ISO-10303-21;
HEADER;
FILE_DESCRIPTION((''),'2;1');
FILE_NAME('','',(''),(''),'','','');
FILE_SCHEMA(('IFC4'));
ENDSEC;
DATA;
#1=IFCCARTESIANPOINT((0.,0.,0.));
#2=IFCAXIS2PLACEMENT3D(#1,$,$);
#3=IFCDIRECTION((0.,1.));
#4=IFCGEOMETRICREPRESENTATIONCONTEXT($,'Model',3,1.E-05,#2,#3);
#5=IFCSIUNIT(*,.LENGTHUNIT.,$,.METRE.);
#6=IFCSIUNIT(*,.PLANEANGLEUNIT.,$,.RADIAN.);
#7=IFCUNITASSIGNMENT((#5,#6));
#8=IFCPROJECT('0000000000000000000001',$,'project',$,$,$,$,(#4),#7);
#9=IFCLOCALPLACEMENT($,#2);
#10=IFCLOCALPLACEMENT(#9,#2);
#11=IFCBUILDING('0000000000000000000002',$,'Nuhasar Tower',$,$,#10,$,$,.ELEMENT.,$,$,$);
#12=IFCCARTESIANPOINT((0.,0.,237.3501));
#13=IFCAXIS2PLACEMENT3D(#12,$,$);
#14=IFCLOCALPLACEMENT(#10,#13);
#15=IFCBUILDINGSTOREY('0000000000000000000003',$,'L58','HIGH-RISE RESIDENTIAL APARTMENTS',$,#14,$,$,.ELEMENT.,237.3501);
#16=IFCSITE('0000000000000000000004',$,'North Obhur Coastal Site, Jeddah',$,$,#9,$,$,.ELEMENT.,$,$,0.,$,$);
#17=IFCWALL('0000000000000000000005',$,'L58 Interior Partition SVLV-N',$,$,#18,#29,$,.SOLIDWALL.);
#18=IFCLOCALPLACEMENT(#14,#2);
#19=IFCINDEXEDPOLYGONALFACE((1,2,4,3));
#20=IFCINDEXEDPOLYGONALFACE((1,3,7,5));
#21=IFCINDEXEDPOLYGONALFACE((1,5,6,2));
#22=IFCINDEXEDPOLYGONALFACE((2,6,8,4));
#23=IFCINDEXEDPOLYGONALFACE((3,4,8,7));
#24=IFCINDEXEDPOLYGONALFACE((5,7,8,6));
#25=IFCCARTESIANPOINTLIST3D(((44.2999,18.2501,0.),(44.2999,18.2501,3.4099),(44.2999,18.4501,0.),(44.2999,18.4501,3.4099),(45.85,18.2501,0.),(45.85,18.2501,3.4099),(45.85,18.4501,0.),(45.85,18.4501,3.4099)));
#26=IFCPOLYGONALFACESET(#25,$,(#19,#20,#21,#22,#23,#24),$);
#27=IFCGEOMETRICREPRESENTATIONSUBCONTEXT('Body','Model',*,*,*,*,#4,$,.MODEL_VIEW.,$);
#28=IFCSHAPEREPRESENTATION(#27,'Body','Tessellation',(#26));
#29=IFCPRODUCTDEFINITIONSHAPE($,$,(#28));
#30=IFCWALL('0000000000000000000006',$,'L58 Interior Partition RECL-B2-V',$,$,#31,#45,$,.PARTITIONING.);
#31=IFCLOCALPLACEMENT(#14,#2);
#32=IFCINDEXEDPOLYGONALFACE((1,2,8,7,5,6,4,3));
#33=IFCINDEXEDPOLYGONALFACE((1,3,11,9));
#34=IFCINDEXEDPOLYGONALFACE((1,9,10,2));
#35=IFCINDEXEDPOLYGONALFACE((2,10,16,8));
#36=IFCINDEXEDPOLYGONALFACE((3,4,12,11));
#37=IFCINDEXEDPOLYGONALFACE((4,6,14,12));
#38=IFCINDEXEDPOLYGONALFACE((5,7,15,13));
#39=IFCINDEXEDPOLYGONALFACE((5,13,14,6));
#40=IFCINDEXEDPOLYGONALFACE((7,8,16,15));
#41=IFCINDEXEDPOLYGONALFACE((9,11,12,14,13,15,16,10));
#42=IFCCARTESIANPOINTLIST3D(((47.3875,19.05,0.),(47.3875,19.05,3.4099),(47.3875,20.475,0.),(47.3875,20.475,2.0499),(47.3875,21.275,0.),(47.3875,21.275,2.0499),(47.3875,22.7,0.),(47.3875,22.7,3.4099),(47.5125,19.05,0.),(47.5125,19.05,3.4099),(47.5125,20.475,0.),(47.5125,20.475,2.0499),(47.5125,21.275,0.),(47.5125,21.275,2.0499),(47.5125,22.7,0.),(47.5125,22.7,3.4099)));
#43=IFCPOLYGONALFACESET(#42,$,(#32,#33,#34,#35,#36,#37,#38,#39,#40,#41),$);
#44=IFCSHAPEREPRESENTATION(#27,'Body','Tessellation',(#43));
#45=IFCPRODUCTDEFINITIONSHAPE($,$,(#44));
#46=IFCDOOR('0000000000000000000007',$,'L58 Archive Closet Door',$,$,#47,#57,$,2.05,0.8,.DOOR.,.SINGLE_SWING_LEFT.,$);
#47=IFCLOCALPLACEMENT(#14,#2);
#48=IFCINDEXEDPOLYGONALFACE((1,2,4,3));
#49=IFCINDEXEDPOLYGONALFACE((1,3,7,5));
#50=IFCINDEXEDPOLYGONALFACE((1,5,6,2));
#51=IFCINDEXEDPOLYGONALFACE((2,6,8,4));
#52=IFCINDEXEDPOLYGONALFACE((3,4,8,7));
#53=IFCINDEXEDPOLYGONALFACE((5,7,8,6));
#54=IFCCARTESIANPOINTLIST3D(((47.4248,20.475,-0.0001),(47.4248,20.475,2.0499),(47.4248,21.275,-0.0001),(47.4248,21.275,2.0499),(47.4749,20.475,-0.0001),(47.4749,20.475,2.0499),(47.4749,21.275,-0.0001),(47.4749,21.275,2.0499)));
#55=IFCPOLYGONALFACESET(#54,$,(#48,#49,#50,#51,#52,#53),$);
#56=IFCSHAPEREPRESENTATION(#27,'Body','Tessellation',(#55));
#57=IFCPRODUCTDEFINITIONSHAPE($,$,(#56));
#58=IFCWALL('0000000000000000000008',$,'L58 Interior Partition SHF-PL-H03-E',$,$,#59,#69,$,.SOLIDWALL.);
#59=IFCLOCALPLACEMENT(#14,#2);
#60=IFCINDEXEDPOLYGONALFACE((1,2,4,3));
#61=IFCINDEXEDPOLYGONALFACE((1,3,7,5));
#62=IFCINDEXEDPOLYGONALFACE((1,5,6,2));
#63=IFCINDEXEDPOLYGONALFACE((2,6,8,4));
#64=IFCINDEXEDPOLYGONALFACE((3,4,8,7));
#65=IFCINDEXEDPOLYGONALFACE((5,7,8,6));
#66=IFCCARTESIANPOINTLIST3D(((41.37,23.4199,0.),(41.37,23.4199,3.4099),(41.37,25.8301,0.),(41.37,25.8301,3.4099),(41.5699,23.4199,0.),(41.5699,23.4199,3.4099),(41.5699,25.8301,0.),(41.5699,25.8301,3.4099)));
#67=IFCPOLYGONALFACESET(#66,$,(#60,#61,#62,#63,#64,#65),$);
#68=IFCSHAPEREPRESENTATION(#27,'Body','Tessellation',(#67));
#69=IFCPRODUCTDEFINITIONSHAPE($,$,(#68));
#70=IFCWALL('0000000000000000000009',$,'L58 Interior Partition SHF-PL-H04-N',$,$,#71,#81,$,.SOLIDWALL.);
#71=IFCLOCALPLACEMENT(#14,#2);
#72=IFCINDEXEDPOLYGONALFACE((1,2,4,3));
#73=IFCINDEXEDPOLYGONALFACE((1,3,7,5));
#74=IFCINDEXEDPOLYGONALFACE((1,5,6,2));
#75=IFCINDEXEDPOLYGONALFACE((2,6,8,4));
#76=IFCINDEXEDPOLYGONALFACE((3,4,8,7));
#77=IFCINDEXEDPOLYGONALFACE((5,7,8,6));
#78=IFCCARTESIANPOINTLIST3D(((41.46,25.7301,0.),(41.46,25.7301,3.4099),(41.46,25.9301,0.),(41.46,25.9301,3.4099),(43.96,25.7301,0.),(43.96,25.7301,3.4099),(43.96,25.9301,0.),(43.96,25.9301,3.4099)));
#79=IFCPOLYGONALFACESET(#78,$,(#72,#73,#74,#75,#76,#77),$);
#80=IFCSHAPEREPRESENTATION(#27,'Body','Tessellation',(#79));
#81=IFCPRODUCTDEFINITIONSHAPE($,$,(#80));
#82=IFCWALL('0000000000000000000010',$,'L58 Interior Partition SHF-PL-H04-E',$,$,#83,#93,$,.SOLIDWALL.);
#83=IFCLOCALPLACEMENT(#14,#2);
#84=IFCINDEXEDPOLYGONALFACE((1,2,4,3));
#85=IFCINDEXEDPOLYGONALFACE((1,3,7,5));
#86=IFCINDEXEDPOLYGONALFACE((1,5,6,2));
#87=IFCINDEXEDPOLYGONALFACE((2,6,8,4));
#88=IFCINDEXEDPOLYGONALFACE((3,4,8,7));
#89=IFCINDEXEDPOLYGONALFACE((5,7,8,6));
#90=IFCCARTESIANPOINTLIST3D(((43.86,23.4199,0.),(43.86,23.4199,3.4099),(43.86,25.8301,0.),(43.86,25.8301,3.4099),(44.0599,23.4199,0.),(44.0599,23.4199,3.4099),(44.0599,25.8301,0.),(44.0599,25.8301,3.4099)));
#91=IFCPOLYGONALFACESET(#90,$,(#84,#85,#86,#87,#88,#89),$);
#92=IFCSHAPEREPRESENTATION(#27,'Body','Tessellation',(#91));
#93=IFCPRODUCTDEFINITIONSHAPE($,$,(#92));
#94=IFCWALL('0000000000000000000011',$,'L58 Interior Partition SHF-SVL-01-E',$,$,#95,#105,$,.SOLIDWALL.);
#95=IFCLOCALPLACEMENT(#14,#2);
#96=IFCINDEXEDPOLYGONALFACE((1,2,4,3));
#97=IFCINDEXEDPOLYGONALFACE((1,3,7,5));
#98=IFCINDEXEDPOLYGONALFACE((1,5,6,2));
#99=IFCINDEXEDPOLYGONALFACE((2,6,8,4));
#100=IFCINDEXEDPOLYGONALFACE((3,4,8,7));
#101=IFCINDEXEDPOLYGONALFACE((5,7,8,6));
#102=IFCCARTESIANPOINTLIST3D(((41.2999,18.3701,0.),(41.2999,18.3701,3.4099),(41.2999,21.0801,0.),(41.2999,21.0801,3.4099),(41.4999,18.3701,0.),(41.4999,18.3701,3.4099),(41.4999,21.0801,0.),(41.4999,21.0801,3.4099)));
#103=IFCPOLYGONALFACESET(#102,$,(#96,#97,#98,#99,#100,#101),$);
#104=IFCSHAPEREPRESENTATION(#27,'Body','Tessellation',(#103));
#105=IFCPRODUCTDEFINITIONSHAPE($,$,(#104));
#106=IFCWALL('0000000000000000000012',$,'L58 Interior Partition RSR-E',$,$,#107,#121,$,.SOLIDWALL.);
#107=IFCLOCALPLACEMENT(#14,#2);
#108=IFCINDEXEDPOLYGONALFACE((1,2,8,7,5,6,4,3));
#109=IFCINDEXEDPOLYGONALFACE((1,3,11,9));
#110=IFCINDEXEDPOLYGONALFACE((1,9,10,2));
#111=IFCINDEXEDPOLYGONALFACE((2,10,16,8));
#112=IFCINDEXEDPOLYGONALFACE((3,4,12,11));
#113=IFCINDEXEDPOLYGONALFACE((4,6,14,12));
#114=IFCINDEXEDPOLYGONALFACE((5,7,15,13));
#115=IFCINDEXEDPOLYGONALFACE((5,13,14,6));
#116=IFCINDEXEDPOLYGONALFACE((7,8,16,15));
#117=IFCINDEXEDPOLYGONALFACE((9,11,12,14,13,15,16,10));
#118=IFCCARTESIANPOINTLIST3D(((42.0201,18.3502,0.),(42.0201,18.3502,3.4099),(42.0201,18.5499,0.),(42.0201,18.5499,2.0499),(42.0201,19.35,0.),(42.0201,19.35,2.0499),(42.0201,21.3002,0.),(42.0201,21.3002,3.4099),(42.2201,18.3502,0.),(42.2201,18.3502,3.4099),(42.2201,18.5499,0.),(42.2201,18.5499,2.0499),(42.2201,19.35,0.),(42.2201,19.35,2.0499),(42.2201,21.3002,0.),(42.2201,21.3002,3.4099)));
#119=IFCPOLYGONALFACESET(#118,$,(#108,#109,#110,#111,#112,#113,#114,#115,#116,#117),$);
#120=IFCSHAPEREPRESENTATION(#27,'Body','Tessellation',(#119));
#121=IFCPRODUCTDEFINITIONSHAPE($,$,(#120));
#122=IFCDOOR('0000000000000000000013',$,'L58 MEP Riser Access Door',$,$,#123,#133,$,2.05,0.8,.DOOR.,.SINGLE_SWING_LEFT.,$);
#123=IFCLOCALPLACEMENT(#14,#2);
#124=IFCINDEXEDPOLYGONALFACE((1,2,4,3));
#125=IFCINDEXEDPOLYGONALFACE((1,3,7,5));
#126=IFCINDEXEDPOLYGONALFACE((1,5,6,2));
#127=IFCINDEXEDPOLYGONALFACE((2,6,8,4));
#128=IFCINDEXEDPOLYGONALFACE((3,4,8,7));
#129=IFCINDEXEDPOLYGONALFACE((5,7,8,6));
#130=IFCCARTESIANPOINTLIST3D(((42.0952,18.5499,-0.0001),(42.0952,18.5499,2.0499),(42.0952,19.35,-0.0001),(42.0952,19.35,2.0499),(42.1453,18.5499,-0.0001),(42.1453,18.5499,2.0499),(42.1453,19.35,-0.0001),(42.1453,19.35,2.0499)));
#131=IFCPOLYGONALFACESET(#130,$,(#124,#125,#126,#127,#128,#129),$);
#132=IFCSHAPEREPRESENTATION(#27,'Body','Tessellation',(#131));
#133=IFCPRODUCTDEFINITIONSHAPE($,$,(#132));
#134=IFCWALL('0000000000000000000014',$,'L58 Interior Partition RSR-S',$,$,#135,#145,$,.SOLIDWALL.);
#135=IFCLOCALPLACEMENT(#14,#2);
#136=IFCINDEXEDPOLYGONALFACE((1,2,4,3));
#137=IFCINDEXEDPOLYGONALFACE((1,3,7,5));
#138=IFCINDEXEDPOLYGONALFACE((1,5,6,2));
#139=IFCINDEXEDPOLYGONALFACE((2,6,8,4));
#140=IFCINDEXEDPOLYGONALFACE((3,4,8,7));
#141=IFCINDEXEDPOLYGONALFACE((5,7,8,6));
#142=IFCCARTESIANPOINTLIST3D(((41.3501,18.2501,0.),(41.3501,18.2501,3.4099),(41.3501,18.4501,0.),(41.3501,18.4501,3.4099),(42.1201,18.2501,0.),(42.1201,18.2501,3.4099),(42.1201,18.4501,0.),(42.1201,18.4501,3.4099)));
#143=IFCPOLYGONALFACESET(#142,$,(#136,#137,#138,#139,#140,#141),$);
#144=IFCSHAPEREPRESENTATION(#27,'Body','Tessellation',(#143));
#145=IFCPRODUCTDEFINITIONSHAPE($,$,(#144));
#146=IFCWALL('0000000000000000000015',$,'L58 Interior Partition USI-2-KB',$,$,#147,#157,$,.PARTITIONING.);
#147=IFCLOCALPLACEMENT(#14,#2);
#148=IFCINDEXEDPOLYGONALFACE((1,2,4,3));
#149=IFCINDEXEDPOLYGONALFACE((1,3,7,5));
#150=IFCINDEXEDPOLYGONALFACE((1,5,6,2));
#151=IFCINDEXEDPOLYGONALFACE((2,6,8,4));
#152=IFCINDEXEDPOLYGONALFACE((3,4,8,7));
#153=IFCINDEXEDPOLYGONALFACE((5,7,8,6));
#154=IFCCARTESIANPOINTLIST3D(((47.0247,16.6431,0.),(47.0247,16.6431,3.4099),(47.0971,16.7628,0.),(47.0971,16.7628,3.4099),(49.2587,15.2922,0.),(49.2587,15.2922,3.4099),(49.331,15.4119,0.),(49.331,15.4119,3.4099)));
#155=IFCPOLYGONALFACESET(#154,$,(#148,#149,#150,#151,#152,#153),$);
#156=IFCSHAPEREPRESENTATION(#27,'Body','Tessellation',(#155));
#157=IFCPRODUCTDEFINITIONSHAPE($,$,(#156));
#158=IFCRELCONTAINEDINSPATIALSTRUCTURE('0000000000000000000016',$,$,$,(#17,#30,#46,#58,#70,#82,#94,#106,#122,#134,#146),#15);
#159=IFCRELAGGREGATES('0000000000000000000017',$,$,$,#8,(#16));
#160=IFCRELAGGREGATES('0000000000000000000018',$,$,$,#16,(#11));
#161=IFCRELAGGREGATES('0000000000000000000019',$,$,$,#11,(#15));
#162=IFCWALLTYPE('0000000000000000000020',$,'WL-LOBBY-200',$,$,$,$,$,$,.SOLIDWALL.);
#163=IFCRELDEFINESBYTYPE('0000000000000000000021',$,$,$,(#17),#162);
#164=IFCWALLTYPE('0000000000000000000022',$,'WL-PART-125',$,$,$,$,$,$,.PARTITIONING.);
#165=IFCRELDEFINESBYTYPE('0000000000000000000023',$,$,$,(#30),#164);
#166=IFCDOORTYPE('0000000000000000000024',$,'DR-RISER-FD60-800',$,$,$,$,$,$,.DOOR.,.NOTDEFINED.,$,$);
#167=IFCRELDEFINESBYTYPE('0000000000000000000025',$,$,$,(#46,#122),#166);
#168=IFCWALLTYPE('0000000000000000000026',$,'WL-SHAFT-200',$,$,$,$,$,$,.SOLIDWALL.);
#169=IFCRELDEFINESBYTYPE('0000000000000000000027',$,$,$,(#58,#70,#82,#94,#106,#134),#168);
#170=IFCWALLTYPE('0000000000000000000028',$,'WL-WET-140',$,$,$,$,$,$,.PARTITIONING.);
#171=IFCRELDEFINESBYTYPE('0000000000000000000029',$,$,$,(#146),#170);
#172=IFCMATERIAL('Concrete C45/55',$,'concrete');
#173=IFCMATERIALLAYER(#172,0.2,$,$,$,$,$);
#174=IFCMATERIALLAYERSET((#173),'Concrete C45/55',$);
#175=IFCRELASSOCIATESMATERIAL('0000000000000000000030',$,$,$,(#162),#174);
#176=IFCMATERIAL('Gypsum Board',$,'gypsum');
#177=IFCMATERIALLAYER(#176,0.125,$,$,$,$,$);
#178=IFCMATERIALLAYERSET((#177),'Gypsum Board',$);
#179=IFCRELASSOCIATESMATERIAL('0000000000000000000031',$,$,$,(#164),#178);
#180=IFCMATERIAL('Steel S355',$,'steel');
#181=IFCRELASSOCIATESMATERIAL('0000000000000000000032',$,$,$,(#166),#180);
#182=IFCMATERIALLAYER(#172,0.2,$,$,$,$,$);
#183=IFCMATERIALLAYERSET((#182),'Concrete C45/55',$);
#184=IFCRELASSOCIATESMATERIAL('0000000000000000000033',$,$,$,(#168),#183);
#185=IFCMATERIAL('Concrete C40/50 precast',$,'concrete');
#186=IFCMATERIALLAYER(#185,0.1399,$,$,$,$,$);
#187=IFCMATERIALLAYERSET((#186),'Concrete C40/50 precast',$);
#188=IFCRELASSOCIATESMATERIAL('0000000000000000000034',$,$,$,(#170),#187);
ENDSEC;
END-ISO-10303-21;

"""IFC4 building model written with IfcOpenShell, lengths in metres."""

from ifc_helpers import new_model, si_unit, direction, frame, frame_2d, origin, place, context, subcontext, project, spatial, rectangle, extrude, material, layer, layer_set, type_object, element, fill, save


model = new_model("IFC4")

# Units and contexts
model_context = context("Model", 3, precision=1e-05, world=origin(), true_north=direction((0.0, 1.0)))
body_context = subcontext(model_context, "Body", "Model", "MODEL_VIEW")
ifc_project = project(units=[si_unit("LENGTHUNIT", "METRE"), si_unit("PLANEANGLEUNIT", "RADIAN")], contexts=[model_context])

# Site, building, storey
site_placement = place(None, origin())
site = spatial("IfcSite", under=ifc_project, at=site_placement, Name="North Obhur Coastal Site, Jeddah", CompositionType="ELEMENT", RefElevation=0.0)
building_placement = place(site_placement, origin())
building = spatial("IfcBuilding", under=site, at=building_placement, Name="Nuhasar Tower", CompositionType="ELEMENT")
storey_placement = place(building_placement, frame((0.0, 0.0, 237.3501)))
storey = spatial("IfcBuildingStorey", under=building, at=storey_placement, Name="L58", Description="HIGH-RISE RESIDENTIAL APARTMENTS", CompositionType="ELEMENT", Elevation=237.3501)

# Shared definitions
ifc_material_1 = material(Name="Steel S355", Category="steel")

# Shared definitions
ifc_material_2 = material(Name="Gypsum Board", Category="gypsum")

# Shared definitions
ifc_material_3 = material(Name="Concrete C45/55", Category="concrete")
ifc_layer_1 = layer(ifc_material_3, 0.2)
ifc_layer_set_1 = layer_set([ifc_layer_1], Name="Concrete C45/55")
wall_type_1 = type_object("IfcWallType", Name="WL-LOBBY-200", PredefinedType="SOLIDWALL", material=ifc_layer_set_1)

# Wall
wall_1_placement = place(storey_placement, frame((44.3, 18.3501, 0.0), z_axis=(0.0, 0.0, 1.0), x_axis=(1.0, 0.0, 0.0)))
element("IfcWall", 1, at=wall_1_placement, inside=storey, type_object=wall_type_1, Name="L58 Interior Partition SVLV-N", PredefinedType="SOLIDWALL", context=body_context, shape_type="SweptSolid", body=[
    extrude(rectangle(XDim=1.55, YDim=0.2, at=frame_2d((0.7749, 0.0))), origin(), (0.0, 0.0, 1.0), 3.4099),
])

# Wall, opening, door
ifc_layer_2 = layer(ifc_material_2, 0.125)
ifc_layer_set_2 = layer_set([ifc_layer_2], Name="Gypsum Board")
wall_type_2 = type_object("IfcWallType", Name="WL-PART-125", PredefinedType="PARTITIONING", material=ifc_layer_set_2)
wall_2_placement = place(storey_placement, frame((47.45, 22.7, 0.0), z_axis=(0.0, 0.0, 1.0), x_axis=(0.0, -1.0, 0.0)))
wall_2 = element("IfcWall", 2, at=wall_2_placement, inside=storey, type_object=wall_type_2, Name="L58 Interior Partition RECL-B2-V", PredefinedType="PARTITIONING", context=body_context, shape_type="SweptSolid", body=[
    extrude(rectangle(XDim=3.6499, YDim=0.125, at=frame_2d((1.825, 0.0))), origin(), (0.0, 0.0, 1.0), 3.4099),
])
opening_1_placement = place(wall_2_placement, frame((1.425, 0.0, 0.0)))
opening_1 = element("IfcOpeningElement", 3, at=opening_1_placement, cuts=wall_2, PredefinedType="OPENING", context=body_context, shape_type="SweptSolid", body=[
    extrude(rectangle(XDim=0.8, YDim=2.05, at=frame_2d((0.3999, 1.0249))), frame((0.0, 0.0725, 0.0), z_axis=(0.0, -1.0, 0.0), x_axis=(1.0, 0.0, 0.0)), (0.0, 0.0, 1.0), 0.145),
])
door_type_1 = type_object("IfcDoorType", Name="DR-RISER-FD60-800", OperationType="NOTDEFINED", PredefinedType="DOOR", material=ifc_material_1)
door_1_placement = place(opening_1_placement, origin())
door_1 = element("IfcDoor", 4, at=door_1_placement, inside=storey, type_object=door_type_1, Name="L58 Archive Closet Door", OperationType="SINGLE_SWING_LEFT", OverallHeight=2.05, OverallWidth=0.8, PredefinedType="DOOR", context=body_context, shape_type="SweptSolid", body=[
    extrude(rectangle(XDim=0.8, YDim=2.05, at=frame_2d((0.3999, 1.0249))), frame((0.0, 0.0249, 0.0), z_axis=(0.0, -1.0, 0.0), x_axis=(1.0, 0.0, 0.0)), (0.0, 0.0, 1.0), 0.05),
])
fill(opening_1, door_1)

# Wall
ifc_layer_3 = layer(ifc_material_3, 0.2)
ifc_layer_set_3 = layer_set([ifc_layer_3], Name="Concrete C45/55")
wall_type_3 = type_object("IfcWallType", Name="WL-SHAFT-200", PredefinedType="SOLIDWALL", material=ifc_layer_set_3)
wall_3_placement = place(storey_placement, frame((41.47, 23.4199, 0.0), z_axis=(0.0, 0.0, 1.0), x_axis=(0.0, 1.0, 0.0)))
element("IfcWall", 5, at=wall_3_placement, inside=storey, type_object=wall_type_3, Name="L58 Interior Partition SHF-PL-H03-E", PredefinedType="SOLIDWALL", context=body_context, shape_type="SweptSolid", body=[
    extrude(rectangle(XDim=2.4102, YDim=0.2, at=frame_2d((1.2051, 0.0))), origin(), (0.0, 0.0, 1.0), 3.4099),
])

# Walls
wall_4_placement = place(storey_placement, frame((41.46, 25.8301, 0.0), z_axis=(0.0, 0.0, 1.0), x_axis=(1.0, 0.0, 0.0)))
element("IfcWall", 6, at=wall_4_placement, inside=storey, type_object=wall_type_3, Name="L58 Interior Partition SHF-PL-H04-N", PredefinedType="SOLIDWALL", context=body_context, shape_type="SweptSolid", body=[
    extrude(rectangle(XDim=2.5, YDim=0.2, at=frame_2d((1.25, 0.0))), origin(), (0.0, 0.0, 1.0), 3.4099),
])
wall_5_placement = place(storey_placement, frame((43.96, 23.4199, 0.0), z_axis=(0.0, 0.0, 1.0), x_axis=(0.0, 1.0, 0.0)))
element("IfcWall", 7, at=wall_5_placement, inside=storey, type_object=wall_type_3, Name="L58 Interior Partition SHF-PL-H04-E", PredefinedType="SOLIDWALL", context=body_context, shape_type="SweptSolid", body=[
    extrude(rectangle(XDim=2.4102, YDim=0.2, at=frame_2d((1.2051, 0.0))), origin(), (0.0, 0.0, 1.0), 3.4099),
])
wall_6_placement = place(storey_placement, frame((41.3999, 18.3701, 0.0), z_axis=(0.0, 0.0, 1.0), x_axis=(0.0, 1.0, 0.0)))
element("IfcWall", 8, at=wall_6_placement, inside=storey, type_object=wall_type_3, Name="L58 Interior Partition SHF-SVL-01-E", PredefinedType="SOLIDWALL", context=body_context, shape_type="SweptSolid", body=[
    extrude(rectangle(XDim=2.71, YDim=0.2, at=frame_2d((1.355, 0.0))), origin(), (0.0, 0.0, 1.0), 3.4099),
])

# Wall, opening, door
wall_7_placement = place(storey_placement, frame((42.1201, 18.3501, 0.0), z_axis=(0.0, 0.0, 1.0), x_axis=(0.0, 1.0, 0.0)))
wall_7 = element("IfcWall", 9, at=wall_7_placement, inside=storey, type_object=wall_type_3, Name="L58 Interior Partition RSR-E", PredefinedType="SOLIDWALL", context=body_context, shape_type="SweptSolid", body=[
    extrude(rectangle(XDim=2.95, YDim=0.2, at=frame_2d((1.4751, 0.0))), origin(), (0.0, 0.0, 1.0), 3.4099),
])
opening_2_placement = place(wall_7_placement, frame((0.2, 0.0, 0.0)))
opening_2 = element("IfcOpeningElement", 10, at=opening_2_placement, cuts=wall_7, PredefinedType="OPENING", context=body_context, shape_type="SweptSolid", body=[
    extrude(rectangle(XDim=0.8, YDim=2.05, at=frame_2d((0.3999, 1.0249))), frame((0.0, 0.1099, 0.0), z_axis=(0.0, -1.0, 0.0), x_axis=(1.0, 0.0, 0.0)), (0.0, 0.0, 1.0), 0.22),
])
door_2_placement = place(opening_2_placement, origin())
door_2 = element("IfcDoor", 11, at=door_2_placement, inside=storey, type_object=door_type_1, Name="L58 MEP Riser Access Door", OperationType="SINGLE_SWING_LEFT", OverallHeight=2.05, OverallWidth=0.8, PredefinedType="DOOR", context=body_context, shape_type="SweptSolid", body=[
    extrude(rectangle(XDim=0.8, YDim=2.05, at=frame_2d((0.3999, 1.0249))), frame((0.0, 0.0249, 0.0), z_axis=(0.0, -1.0, 0.0), x_axis=(1.0, 0.0, 0.0)), (0.0, 0.0, 1.0), 0.05),
])
fill(opening_2, door_2)

# Walls
wall_8_placement = place(storey_placement, frame((41.3501, 18.3501, 0.0), z_axis=(0.0, 0.0, 1.0), x_axis=(1.0, 0.0, 0.0)))
element("IfcWall", 12, at=wall_8_placement, inside=storey, type_object=wall_type_3, Name="L58 Interior Partition RSR-S", PredefinedType="SOLIDWALL", context=body_context, shape_type="SweptSolid", body=[
    extrude(rectangle(XDim=0.77, YDim=0.2, at=frame_2d((0.385, 0.0))), origin(), (0.0, 0.0, 1.0), 3.4099),
])
ifc_material_4 = material(Name="Concrete C40/50 precast", Category="concrete")
ifc_layer_4 = layer(ifc_material_4, 0.1399)
ifc_layer_set_4 = layer_set([ifc_layer_4], Name="Concrete C40/50 precast")
wall_type_4 = type_object("IfcWallType", Name="WL-WET-140", PredefinedType="PARTITIONING", material=ifc_layer_set_4)
wall_9_placement = place(storey_placement, frame((47.061, 16.7029, 0.0), z_axis=(0.0, 0.0, 1.0), x_axis=(0.855714, -0.51745, 0.0)))
element("IfcWall", 13, at=wall_9_placement, inside=storey, type_object=wall_type_4, Name="L58 Interior Partition USI-2-KB", PredefinedType="PARTITIONING", context=body_context, shape_type="SweptSolid", body=[
    extrude(rectangle(XDim=2.6106, YDim=0.1399, at=frame_2d((1.3052, 0.0))), origin(), (0.0, 0.0, 1.0), 3.4099),
])

save(model, "model.ifc")
